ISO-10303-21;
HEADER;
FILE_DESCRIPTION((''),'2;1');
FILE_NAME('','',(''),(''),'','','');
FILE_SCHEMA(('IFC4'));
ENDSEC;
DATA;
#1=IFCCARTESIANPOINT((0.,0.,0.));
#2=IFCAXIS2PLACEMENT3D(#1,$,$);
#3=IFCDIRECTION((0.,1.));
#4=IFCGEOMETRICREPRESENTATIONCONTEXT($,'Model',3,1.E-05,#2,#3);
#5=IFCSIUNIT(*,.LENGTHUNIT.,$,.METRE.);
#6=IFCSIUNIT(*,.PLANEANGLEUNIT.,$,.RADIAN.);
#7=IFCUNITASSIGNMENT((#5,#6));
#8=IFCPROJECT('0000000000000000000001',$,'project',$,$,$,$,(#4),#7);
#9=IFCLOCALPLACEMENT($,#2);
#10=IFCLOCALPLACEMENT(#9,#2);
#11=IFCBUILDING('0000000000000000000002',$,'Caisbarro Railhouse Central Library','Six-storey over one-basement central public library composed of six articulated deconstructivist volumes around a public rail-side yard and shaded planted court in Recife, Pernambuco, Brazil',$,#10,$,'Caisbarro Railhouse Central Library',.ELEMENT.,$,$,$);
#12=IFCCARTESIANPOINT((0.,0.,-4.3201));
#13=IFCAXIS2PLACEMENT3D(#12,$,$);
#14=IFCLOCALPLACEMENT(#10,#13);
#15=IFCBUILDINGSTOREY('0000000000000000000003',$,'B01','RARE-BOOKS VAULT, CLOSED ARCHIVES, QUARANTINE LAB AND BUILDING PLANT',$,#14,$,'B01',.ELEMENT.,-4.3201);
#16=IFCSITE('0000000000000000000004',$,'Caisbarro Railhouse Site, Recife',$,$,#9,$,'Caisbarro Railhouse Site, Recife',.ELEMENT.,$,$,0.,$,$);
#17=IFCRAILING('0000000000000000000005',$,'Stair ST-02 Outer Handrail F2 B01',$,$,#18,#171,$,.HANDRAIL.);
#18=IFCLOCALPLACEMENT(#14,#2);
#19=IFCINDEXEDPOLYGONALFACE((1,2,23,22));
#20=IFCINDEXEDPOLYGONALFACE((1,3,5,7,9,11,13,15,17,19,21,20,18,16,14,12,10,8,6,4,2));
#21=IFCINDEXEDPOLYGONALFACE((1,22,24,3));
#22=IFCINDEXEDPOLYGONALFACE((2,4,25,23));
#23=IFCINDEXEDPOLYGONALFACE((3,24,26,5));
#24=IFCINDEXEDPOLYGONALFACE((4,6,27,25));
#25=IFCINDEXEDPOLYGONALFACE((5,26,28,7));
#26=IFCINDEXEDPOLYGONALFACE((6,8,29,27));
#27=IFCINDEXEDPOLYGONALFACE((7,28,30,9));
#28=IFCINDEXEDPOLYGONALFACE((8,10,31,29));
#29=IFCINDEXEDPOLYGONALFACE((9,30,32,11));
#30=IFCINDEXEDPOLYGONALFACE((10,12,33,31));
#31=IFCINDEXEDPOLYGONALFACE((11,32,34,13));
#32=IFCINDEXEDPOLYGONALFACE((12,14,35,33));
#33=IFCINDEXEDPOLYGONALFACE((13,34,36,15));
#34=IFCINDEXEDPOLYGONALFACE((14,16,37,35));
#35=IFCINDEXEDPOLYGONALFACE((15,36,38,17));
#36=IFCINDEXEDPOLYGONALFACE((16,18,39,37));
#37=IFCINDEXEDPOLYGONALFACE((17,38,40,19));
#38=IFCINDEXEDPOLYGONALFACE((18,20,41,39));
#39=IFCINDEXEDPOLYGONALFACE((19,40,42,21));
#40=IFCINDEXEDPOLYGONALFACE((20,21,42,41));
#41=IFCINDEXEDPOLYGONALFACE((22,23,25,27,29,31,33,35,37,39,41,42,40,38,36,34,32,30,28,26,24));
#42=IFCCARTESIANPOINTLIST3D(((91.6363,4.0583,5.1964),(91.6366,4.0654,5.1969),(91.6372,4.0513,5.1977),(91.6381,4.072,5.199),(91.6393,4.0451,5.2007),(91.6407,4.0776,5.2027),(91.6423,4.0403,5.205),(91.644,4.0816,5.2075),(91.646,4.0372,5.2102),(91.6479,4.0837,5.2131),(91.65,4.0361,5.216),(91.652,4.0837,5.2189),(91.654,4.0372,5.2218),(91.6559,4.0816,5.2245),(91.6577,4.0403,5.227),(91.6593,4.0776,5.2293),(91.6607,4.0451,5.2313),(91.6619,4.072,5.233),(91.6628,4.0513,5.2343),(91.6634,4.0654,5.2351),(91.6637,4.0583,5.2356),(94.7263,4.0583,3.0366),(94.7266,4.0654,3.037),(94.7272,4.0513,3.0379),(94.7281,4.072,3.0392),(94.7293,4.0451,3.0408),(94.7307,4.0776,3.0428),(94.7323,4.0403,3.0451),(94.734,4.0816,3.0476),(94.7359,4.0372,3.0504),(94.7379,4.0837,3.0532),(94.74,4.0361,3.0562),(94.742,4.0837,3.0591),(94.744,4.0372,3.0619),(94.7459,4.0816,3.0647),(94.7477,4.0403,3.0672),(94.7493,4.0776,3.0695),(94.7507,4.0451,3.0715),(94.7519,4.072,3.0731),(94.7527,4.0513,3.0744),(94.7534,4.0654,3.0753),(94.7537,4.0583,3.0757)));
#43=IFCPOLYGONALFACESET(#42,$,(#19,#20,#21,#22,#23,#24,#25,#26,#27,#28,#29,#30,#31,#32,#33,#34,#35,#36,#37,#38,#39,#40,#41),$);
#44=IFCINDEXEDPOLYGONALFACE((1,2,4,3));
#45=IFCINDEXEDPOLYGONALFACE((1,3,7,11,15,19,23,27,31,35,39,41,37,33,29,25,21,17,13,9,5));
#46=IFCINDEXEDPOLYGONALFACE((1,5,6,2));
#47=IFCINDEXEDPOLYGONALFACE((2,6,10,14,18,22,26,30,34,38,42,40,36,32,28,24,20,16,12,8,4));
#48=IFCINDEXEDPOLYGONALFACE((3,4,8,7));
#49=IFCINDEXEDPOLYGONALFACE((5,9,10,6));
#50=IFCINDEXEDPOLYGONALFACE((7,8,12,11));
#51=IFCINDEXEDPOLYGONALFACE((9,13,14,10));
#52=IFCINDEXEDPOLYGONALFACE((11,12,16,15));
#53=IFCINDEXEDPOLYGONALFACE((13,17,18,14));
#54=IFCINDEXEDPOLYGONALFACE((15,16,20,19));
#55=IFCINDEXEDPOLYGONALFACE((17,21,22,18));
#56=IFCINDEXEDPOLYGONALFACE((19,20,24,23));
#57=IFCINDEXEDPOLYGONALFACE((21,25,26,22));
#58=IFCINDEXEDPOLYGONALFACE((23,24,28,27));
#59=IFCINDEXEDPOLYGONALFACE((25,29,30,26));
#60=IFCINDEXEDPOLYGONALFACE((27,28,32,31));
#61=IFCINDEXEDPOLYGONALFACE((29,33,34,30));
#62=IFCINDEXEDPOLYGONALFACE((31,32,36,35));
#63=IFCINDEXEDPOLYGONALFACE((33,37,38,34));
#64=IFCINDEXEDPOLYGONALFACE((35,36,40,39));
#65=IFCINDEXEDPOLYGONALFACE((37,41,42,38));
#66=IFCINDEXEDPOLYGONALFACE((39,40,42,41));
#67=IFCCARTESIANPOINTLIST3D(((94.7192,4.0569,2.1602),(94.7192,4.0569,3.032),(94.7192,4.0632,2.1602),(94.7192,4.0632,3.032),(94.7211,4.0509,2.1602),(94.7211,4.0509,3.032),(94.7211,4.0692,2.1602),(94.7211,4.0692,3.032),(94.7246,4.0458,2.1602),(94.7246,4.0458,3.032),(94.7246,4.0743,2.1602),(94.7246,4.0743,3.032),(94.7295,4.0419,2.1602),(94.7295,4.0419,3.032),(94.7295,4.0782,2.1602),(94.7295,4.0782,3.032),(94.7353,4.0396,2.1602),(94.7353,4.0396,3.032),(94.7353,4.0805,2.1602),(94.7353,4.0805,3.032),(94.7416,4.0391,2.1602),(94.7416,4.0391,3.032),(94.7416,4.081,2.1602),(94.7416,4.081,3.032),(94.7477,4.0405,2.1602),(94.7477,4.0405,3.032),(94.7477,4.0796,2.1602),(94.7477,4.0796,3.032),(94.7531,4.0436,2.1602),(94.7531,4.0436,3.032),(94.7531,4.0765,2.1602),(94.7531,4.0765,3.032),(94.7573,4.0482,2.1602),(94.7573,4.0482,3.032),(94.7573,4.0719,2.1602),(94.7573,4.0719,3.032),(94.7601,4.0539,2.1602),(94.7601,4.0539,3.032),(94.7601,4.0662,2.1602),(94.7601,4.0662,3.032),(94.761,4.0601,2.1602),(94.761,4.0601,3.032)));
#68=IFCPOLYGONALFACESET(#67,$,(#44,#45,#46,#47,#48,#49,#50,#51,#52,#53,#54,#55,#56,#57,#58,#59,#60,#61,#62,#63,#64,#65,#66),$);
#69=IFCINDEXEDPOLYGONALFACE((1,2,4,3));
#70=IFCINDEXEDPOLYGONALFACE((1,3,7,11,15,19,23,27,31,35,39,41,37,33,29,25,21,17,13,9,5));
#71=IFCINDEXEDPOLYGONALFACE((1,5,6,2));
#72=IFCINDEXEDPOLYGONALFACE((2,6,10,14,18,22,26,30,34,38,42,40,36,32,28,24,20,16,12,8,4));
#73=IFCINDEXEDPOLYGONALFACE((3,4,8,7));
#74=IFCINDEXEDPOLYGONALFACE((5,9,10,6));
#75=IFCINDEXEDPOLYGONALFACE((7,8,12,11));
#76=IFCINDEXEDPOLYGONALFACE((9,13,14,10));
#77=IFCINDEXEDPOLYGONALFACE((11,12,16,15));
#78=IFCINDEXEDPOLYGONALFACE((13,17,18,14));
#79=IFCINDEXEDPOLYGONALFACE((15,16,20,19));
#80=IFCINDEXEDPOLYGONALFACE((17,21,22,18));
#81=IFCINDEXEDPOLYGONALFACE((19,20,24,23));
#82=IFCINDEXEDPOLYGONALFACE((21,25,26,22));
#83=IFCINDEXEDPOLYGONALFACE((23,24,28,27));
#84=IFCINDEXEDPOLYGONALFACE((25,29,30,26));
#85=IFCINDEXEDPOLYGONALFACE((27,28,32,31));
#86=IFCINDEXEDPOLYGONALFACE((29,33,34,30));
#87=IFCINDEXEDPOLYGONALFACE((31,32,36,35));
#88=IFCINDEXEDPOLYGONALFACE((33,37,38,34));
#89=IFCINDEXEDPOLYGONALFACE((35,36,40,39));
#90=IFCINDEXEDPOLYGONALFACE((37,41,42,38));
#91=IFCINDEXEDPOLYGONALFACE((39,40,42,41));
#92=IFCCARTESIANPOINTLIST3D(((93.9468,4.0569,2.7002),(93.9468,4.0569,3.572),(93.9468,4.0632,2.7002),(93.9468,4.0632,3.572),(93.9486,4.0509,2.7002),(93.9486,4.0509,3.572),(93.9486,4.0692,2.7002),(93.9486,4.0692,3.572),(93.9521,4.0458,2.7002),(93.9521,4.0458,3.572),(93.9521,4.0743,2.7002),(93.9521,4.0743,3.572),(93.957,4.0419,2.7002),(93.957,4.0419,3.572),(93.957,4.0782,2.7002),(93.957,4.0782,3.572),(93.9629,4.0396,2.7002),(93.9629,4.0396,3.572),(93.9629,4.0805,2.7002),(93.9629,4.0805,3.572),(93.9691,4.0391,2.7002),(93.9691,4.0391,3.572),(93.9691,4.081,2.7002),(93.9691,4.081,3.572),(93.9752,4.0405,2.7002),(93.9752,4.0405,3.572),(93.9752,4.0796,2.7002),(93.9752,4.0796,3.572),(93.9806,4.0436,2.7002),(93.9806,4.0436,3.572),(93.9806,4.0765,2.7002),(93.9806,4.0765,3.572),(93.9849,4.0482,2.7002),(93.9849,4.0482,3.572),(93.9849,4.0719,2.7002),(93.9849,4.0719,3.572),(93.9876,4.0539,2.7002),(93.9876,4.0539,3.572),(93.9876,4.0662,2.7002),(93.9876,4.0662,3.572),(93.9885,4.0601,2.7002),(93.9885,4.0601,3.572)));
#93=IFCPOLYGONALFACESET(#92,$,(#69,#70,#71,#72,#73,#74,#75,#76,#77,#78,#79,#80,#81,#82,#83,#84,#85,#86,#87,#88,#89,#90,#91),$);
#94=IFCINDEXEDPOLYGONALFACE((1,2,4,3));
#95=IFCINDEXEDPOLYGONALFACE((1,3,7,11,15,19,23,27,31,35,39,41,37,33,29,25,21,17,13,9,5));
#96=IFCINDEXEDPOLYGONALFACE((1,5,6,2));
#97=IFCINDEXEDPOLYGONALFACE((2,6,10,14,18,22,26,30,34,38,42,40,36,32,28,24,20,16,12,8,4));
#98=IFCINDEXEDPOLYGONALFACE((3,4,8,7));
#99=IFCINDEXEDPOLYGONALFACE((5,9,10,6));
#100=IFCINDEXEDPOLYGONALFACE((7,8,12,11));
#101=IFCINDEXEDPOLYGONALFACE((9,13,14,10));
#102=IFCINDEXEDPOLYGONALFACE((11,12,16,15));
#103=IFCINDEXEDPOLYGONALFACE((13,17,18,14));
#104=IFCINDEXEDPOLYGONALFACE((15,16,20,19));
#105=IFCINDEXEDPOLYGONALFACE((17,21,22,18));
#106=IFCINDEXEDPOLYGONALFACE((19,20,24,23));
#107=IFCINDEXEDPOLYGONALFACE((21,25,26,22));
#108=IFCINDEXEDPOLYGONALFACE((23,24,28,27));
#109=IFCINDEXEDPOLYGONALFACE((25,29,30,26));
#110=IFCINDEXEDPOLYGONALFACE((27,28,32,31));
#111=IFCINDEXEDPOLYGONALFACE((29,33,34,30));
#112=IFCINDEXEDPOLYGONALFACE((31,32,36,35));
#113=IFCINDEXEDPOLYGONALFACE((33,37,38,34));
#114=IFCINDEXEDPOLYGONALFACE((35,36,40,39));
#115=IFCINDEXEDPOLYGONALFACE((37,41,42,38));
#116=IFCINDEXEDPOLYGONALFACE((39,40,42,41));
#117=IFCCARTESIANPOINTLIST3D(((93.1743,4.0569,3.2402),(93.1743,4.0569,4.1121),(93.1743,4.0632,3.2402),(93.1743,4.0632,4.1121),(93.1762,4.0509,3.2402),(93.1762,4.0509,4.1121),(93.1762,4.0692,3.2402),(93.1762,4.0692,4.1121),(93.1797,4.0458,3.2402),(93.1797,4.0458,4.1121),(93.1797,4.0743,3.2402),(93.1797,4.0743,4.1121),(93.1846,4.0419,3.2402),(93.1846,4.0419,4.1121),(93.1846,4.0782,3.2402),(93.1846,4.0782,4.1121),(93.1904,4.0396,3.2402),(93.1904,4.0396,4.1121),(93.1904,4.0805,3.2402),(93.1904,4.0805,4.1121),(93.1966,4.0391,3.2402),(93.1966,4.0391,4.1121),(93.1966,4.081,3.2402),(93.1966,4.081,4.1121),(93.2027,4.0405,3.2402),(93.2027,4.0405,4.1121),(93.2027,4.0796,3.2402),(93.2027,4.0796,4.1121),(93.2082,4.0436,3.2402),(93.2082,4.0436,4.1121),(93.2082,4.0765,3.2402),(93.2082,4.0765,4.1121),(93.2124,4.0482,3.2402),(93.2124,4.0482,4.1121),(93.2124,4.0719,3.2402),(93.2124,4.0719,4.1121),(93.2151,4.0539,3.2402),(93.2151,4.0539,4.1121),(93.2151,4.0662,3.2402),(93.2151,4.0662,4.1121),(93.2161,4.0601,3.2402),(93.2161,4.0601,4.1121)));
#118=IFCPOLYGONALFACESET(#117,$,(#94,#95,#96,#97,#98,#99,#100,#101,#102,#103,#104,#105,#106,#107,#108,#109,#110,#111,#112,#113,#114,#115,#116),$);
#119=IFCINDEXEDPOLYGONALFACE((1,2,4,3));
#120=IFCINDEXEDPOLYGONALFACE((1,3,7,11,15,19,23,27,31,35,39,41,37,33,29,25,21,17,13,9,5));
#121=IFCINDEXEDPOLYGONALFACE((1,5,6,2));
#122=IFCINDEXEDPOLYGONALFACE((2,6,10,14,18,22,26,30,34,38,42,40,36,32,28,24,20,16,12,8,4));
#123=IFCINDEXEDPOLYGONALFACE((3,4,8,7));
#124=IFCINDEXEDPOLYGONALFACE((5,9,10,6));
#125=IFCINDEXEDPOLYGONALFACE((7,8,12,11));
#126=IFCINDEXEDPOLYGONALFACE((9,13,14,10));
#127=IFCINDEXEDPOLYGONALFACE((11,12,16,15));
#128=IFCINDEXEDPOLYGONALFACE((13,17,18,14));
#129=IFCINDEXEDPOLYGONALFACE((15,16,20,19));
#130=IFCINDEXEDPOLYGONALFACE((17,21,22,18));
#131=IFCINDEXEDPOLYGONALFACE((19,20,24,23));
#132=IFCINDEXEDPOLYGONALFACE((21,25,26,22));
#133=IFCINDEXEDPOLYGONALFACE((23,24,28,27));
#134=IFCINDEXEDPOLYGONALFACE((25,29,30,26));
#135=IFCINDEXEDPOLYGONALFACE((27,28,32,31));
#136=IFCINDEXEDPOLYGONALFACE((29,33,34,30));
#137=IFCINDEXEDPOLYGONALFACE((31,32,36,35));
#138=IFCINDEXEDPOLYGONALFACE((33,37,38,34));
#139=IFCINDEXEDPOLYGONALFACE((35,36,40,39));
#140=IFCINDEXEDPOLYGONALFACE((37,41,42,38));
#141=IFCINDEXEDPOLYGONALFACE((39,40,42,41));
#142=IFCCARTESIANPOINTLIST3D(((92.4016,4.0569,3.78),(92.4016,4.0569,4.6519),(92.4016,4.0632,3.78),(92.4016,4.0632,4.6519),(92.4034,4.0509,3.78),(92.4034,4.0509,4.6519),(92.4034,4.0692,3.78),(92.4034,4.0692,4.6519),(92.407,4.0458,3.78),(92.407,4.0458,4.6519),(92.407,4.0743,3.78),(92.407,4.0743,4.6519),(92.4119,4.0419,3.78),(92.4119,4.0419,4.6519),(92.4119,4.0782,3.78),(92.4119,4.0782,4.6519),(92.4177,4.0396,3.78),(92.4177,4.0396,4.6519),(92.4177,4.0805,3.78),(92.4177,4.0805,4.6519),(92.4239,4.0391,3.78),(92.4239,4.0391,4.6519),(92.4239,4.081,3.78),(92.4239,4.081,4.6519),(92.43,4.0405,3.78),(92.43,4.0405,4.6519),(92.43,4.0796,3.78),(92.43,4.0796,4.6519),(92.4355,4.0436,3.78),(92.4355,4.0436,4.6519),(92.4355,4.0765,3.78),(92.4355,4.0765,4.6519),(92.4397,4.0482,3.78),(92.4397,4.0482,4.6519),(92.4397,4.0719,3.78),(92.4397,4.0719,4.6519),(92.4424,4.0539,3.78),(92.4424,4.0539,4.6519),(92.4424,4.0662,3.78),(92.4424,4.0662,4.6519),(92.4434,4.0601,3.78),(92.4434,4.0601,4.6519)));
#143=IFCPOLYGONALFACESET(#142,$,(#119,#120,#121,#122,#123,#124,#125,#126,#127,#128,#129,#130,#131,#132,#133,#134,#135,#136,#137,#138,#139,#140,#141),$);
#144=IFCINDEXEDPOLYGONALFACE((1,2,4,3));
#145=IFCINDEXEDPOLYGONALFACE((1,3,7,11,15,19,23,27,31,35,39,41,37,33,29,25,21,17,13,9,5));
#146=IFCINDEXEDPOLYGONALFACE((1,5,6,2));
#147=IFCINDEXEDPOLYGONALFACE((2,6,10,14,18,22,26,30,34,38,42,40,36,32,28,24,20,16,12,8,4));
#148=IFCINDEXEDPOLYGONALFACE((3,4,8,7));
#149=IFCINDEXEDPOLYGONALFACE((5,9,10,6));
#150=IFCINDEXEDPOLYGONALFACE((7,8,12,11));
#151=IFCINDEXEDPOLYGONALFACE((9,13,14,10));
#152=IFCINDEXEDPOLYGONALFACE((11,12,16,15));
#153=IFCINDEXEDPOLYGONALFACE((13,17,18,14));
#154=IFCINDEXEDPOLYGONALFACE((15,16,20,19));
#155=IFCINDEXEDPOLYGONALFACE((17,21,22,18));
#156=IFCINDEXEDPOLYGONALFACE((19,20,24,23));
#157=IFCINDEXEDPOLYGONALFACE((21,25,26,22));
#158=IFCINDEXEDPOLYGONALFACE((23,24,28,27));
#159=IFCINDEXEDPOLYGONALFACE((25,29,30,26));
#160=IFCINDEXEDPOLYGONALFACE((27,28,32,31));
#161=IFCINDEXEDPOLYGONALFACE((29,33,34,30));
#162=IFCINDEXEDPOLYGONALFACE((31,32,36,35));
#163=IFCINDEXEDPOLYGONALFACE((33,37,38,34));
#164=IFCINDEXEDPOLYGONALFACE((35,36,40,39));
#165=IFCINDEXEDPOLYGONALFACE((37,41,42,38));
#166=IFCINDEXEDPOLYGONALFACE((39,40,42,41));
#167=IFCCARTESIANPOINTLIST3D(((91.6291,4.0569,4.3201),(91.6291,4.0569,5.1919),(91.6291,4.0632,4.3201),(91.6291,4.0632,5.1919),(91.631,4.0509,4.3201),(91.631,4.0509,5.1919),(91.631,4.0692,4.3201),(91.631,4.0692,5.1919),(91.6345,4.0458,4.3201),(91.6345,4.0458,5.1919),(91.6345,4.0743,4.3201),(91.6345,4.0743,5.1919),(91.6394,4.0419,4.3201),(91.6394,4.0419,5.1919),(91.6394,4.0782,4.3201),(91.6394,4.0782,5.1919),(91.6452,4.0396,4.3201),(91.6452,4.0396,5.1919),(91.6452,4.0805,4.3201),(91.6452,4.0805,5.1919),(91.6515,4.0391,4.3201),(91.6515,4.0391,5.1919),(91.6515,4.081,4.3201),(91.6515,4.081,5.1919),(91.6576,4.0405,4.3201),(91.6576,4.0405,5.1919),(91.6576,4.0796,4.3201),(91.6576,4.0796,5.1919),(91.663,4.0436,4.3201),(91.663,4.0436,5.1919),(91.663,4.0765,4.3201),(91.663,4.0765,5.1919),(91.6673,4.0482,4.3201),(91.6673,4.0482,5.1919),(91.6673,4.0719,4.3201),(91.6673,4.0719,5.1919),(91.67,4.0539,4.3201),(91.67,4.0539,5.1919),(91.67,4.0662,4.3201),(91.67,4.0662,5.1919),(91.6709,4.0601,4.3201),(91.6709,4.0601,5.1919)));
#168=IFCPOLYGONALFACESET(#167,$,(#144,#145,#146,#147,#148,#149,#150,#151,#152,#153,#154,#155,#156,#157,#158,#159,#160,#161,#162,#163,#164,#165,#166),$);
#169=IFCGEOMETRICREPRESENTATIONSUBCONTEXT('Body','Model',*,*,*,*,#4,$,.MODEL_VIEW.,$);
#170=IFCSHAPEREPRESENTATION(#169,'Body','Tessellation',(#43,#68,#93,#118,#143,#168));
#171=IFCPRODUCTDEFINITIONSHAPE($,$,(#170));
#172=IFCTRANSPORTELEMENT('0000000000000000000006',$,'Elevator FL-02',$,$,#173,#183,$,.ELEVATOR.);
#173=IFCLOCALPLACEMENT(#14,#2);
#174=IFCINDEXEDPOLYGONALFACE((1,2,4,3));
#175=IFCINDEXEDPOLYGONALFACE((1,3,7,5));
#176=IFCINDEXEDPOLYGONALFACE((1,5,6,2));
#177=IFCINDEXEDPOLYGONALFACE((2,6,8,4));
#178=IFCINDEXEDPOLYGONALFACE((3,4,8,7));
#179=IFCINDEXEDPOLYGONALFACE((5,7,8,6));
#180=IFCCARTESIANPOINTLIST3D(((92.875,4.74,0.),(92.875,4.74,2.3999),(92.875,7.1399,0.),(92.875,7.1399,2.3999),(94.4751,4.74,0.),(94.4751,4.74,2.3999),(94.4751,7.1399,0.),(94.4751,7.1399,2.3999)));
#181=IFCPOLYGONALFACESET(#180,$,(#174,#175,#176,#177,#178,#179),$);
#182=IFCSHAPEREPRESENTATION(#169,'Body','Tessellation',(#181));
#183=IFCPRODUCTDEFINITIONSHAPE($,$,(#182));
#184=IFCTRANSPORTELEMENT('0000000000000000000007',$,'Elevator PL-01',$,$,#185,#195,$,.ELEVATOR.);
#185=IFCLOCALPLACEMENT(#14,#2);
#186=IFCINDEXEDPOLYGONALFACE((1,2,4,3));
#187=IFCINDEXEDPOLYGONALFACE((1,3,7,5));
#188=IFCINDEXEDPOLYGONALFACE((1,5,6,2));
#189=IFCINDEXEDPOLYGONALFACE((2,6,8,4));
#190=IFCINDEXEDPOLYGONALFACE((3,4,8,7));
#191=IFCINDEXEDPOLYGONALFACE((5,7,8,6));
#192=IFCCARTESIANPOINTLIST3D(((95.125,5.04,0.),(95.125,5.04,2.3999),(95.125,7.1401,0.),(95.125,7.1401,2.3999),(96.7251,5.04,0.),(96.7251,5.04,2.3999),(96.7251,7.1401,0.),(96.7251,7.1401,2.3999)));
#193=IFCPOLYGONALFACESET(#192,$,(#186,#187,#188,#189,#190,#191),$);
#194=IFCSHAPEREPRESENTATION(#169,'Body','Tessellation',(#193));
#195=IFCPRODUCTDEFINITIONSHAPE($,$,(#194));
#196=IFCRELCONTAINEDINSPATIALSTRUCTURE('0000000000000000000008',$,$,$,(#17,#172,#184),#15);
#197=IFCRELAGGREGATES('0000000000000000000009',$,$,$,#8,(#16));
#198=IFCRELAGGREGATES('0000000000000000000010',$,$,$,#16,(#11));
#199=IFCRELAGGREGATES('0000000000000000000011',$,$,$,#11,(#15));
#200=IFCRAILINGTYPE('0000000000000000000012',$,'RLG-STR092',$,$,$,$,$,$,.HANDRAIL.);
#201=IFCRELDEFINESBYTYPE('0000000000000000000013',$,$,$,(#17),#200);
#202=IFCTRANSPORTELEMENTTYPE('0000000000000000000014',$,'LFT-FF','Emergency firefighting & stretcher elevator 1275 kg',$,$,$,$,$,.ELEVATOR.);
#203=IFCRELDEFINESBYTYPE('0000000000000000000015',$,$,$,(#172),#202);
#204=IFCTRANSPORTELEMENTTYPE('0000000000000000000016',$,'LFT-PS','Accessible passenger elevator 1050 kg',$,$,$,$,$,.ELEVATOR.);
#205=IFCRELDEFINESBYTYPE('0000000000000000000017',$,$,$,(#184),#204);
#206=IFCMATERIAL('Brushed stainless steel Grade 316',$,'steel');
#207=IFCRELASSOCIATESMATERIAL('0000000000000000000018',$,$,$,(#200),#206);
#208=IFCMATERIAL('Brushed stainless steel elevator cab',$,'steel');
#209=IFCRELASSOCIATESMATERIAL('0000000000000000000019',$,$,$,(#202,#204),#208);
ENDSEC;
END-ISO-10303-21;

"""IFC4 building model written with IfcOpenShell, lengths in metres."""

from ifc_helpers import new_model, si_unit, direction, frame, origin, origin_2d, place, context, subcontext, project, spatial, rectangle, circle, extrude, material, type_object, element, save


model = new_model("IFC4")

# Units and contexts
model_context = context("Model", 3, precision=1e-05, world=origin(), true_north=direction((0.0, 1.0)))
body_context = subcontext(model_context, "Body", "Model", "MODEL_VIEW")
ifc_project = project(units=[si_unit("LENGTHUNIT", "METRE"), si_unit("PLANEANGLEUNIT", "RADIAN")], contexts=[model_context])

# Site, building, storey
site_placement = place(None, origin())
site = spatial("IfcSite", under=ifc_project, at=site_placement, Name="Caisbarro Railhouse Site, Recife", LongName="Caisbarro Railhouse Site, Recife", CompositionType="ELEMENT", RefElevation=0.0)
building_placement = place(site_placement, origin())
building = spatial("IfcBuilding", under=site, at=building_placement, Name="Caisbarro Railhouse Central Library", Description="Six-storey over one-basement central public library composed of six articulated deconstructivist volumes around a public rail-side yard and shaded planted court in Recife, Pernambuco, Brazil", LongName="Caisbarro Railhouse Central Library", CompositionType="ELEMENT")
storey_placement = place(building_placement, frame((0.0, 0.0, -4.3201)))
storey = spatial("IfcBuildingStorey", under=building, at=storey_placement, Name="B01", Description="RARE-BOOKS VAULT, CLOSED ARCHIVES, QUARANTINE LAB AND BUILDING PLANT", LongName="B01", CompositionType="ELEMENT", Elevation=-4.3201)

# Shared definitions
ifc_material_1 = material(Name="Brushed stainless steel elevator cab", Category="steel")

# Railing
ifc_material_2 = material(Name="Brushed stainless steel Grade 316", Category="steel")
railing_type_1 = type_object("IfcRailingType", Name="RLG-STR092", PredefinedType="HANDRAIL", material=ifc_material_2)
railing_1_placement = place(storey_placement, frame((94.74, 4.0601, 2.1602)))
element("IfcRailing", 1, at=railing_1_placement, inside=storey, type_object=railing_type_1, Name="Stair ST-02 Outer Handrail F2 B01", PredefinedType="HANDRAIL", context=body_context, shape_type="SweptSolid", body=[
    extrude(circle(Radius=0.0239, at=origin_2d()), frame((0.0, 0.0, 0.896), z_axis=(-0.819624, 0.0, 0.572902), x_axis=(0.0, -1.0, 0.0)), (0.0, 0.0, 1.0), 3.77),
    extrude(circle(Radius=0.021, at=origin_2d()), origin(), (0.0, 0.0, 1.0), 0.8718),
    extrude(circle(Radius=0.021, at=origin_2d()), frame((-0.7725, 0.0, 0.54)), (0.0, 0.0, 1.0), 0.8718),
    extrude(circle(Radius=0.021, at=origin_2d()), frame((-1.5449, 0.0, 1.0801)), (0.0, 0.0, 1.0), 0.8718),
    extrude(circle(Radius=0.021, at=origin_2d()), frame((-2.3176, 0.0, 1.6199)), (0.0, 0.0, 1.0), 0.8718),
    extrude(circle(Radius=0.021, at=origin_2d()), frame((-3.0901, 0.0, 2.1599)), (0.0, 0.0, 1.0), 0.8718),
])

# Transport elements
transport_element_type_1 = type_object("IfcTransportElementType", Name="LFT-FF", Description="Emergency firefighting & stretcher elevator 1275 kg", PredefinedType="ELEVATOR", material=ifc_material_1)
transport_element_1_placement = place(storey_placement, frame((93.675, 5.9399, 0.0), z_axis=(0.0, 0.0, 1.0), x_axis=(1.0, 0.0, 0.0)))
element("IfcTransportElement", 2, at=transport_element_1_placement, inside=storey, type_object=transport_element_type_1, Name="Elevator FL-02", PredefinedType="ELEVATOR", context=body_context, shape_type="SweptSolid", body=[
    extrude(rectangle(XDim=1.6001, YDim=2.3999, at=origin_2d()), origin(), (0.0, 0.0, 1.0), 2.3999),
])
transport_element_type_2 = type_object("IfcTransportElementType", Name="LFT-PS", Description="Accessible passenger elevator 1050 kg", PredefinedType="ELEVATOR", material=ifc_material_1)
transport_element_2_placement = place(storey_placement, frame((95.925, 6.0901, 0.0), z_axis=(0.0, 0.0, 1.0), x_axis=(1.0, 0.0, 0.0)))
element("IfcTransportElement", 3, at=transport_element_2_placement, inside=storey, type_object=transport_element_type_2, Name="Elevator PL-01", PredefinedType="ELEVATOR", context=body_context, shape_type="SweptSolid", body=[
    extrude(rectangle(XDim=1.6001, YDim=2.1001, at=origin_2d()), origin(), (0.0, 0.0, 1.0), 2.3999),
])

save(model, "model.ifc")
